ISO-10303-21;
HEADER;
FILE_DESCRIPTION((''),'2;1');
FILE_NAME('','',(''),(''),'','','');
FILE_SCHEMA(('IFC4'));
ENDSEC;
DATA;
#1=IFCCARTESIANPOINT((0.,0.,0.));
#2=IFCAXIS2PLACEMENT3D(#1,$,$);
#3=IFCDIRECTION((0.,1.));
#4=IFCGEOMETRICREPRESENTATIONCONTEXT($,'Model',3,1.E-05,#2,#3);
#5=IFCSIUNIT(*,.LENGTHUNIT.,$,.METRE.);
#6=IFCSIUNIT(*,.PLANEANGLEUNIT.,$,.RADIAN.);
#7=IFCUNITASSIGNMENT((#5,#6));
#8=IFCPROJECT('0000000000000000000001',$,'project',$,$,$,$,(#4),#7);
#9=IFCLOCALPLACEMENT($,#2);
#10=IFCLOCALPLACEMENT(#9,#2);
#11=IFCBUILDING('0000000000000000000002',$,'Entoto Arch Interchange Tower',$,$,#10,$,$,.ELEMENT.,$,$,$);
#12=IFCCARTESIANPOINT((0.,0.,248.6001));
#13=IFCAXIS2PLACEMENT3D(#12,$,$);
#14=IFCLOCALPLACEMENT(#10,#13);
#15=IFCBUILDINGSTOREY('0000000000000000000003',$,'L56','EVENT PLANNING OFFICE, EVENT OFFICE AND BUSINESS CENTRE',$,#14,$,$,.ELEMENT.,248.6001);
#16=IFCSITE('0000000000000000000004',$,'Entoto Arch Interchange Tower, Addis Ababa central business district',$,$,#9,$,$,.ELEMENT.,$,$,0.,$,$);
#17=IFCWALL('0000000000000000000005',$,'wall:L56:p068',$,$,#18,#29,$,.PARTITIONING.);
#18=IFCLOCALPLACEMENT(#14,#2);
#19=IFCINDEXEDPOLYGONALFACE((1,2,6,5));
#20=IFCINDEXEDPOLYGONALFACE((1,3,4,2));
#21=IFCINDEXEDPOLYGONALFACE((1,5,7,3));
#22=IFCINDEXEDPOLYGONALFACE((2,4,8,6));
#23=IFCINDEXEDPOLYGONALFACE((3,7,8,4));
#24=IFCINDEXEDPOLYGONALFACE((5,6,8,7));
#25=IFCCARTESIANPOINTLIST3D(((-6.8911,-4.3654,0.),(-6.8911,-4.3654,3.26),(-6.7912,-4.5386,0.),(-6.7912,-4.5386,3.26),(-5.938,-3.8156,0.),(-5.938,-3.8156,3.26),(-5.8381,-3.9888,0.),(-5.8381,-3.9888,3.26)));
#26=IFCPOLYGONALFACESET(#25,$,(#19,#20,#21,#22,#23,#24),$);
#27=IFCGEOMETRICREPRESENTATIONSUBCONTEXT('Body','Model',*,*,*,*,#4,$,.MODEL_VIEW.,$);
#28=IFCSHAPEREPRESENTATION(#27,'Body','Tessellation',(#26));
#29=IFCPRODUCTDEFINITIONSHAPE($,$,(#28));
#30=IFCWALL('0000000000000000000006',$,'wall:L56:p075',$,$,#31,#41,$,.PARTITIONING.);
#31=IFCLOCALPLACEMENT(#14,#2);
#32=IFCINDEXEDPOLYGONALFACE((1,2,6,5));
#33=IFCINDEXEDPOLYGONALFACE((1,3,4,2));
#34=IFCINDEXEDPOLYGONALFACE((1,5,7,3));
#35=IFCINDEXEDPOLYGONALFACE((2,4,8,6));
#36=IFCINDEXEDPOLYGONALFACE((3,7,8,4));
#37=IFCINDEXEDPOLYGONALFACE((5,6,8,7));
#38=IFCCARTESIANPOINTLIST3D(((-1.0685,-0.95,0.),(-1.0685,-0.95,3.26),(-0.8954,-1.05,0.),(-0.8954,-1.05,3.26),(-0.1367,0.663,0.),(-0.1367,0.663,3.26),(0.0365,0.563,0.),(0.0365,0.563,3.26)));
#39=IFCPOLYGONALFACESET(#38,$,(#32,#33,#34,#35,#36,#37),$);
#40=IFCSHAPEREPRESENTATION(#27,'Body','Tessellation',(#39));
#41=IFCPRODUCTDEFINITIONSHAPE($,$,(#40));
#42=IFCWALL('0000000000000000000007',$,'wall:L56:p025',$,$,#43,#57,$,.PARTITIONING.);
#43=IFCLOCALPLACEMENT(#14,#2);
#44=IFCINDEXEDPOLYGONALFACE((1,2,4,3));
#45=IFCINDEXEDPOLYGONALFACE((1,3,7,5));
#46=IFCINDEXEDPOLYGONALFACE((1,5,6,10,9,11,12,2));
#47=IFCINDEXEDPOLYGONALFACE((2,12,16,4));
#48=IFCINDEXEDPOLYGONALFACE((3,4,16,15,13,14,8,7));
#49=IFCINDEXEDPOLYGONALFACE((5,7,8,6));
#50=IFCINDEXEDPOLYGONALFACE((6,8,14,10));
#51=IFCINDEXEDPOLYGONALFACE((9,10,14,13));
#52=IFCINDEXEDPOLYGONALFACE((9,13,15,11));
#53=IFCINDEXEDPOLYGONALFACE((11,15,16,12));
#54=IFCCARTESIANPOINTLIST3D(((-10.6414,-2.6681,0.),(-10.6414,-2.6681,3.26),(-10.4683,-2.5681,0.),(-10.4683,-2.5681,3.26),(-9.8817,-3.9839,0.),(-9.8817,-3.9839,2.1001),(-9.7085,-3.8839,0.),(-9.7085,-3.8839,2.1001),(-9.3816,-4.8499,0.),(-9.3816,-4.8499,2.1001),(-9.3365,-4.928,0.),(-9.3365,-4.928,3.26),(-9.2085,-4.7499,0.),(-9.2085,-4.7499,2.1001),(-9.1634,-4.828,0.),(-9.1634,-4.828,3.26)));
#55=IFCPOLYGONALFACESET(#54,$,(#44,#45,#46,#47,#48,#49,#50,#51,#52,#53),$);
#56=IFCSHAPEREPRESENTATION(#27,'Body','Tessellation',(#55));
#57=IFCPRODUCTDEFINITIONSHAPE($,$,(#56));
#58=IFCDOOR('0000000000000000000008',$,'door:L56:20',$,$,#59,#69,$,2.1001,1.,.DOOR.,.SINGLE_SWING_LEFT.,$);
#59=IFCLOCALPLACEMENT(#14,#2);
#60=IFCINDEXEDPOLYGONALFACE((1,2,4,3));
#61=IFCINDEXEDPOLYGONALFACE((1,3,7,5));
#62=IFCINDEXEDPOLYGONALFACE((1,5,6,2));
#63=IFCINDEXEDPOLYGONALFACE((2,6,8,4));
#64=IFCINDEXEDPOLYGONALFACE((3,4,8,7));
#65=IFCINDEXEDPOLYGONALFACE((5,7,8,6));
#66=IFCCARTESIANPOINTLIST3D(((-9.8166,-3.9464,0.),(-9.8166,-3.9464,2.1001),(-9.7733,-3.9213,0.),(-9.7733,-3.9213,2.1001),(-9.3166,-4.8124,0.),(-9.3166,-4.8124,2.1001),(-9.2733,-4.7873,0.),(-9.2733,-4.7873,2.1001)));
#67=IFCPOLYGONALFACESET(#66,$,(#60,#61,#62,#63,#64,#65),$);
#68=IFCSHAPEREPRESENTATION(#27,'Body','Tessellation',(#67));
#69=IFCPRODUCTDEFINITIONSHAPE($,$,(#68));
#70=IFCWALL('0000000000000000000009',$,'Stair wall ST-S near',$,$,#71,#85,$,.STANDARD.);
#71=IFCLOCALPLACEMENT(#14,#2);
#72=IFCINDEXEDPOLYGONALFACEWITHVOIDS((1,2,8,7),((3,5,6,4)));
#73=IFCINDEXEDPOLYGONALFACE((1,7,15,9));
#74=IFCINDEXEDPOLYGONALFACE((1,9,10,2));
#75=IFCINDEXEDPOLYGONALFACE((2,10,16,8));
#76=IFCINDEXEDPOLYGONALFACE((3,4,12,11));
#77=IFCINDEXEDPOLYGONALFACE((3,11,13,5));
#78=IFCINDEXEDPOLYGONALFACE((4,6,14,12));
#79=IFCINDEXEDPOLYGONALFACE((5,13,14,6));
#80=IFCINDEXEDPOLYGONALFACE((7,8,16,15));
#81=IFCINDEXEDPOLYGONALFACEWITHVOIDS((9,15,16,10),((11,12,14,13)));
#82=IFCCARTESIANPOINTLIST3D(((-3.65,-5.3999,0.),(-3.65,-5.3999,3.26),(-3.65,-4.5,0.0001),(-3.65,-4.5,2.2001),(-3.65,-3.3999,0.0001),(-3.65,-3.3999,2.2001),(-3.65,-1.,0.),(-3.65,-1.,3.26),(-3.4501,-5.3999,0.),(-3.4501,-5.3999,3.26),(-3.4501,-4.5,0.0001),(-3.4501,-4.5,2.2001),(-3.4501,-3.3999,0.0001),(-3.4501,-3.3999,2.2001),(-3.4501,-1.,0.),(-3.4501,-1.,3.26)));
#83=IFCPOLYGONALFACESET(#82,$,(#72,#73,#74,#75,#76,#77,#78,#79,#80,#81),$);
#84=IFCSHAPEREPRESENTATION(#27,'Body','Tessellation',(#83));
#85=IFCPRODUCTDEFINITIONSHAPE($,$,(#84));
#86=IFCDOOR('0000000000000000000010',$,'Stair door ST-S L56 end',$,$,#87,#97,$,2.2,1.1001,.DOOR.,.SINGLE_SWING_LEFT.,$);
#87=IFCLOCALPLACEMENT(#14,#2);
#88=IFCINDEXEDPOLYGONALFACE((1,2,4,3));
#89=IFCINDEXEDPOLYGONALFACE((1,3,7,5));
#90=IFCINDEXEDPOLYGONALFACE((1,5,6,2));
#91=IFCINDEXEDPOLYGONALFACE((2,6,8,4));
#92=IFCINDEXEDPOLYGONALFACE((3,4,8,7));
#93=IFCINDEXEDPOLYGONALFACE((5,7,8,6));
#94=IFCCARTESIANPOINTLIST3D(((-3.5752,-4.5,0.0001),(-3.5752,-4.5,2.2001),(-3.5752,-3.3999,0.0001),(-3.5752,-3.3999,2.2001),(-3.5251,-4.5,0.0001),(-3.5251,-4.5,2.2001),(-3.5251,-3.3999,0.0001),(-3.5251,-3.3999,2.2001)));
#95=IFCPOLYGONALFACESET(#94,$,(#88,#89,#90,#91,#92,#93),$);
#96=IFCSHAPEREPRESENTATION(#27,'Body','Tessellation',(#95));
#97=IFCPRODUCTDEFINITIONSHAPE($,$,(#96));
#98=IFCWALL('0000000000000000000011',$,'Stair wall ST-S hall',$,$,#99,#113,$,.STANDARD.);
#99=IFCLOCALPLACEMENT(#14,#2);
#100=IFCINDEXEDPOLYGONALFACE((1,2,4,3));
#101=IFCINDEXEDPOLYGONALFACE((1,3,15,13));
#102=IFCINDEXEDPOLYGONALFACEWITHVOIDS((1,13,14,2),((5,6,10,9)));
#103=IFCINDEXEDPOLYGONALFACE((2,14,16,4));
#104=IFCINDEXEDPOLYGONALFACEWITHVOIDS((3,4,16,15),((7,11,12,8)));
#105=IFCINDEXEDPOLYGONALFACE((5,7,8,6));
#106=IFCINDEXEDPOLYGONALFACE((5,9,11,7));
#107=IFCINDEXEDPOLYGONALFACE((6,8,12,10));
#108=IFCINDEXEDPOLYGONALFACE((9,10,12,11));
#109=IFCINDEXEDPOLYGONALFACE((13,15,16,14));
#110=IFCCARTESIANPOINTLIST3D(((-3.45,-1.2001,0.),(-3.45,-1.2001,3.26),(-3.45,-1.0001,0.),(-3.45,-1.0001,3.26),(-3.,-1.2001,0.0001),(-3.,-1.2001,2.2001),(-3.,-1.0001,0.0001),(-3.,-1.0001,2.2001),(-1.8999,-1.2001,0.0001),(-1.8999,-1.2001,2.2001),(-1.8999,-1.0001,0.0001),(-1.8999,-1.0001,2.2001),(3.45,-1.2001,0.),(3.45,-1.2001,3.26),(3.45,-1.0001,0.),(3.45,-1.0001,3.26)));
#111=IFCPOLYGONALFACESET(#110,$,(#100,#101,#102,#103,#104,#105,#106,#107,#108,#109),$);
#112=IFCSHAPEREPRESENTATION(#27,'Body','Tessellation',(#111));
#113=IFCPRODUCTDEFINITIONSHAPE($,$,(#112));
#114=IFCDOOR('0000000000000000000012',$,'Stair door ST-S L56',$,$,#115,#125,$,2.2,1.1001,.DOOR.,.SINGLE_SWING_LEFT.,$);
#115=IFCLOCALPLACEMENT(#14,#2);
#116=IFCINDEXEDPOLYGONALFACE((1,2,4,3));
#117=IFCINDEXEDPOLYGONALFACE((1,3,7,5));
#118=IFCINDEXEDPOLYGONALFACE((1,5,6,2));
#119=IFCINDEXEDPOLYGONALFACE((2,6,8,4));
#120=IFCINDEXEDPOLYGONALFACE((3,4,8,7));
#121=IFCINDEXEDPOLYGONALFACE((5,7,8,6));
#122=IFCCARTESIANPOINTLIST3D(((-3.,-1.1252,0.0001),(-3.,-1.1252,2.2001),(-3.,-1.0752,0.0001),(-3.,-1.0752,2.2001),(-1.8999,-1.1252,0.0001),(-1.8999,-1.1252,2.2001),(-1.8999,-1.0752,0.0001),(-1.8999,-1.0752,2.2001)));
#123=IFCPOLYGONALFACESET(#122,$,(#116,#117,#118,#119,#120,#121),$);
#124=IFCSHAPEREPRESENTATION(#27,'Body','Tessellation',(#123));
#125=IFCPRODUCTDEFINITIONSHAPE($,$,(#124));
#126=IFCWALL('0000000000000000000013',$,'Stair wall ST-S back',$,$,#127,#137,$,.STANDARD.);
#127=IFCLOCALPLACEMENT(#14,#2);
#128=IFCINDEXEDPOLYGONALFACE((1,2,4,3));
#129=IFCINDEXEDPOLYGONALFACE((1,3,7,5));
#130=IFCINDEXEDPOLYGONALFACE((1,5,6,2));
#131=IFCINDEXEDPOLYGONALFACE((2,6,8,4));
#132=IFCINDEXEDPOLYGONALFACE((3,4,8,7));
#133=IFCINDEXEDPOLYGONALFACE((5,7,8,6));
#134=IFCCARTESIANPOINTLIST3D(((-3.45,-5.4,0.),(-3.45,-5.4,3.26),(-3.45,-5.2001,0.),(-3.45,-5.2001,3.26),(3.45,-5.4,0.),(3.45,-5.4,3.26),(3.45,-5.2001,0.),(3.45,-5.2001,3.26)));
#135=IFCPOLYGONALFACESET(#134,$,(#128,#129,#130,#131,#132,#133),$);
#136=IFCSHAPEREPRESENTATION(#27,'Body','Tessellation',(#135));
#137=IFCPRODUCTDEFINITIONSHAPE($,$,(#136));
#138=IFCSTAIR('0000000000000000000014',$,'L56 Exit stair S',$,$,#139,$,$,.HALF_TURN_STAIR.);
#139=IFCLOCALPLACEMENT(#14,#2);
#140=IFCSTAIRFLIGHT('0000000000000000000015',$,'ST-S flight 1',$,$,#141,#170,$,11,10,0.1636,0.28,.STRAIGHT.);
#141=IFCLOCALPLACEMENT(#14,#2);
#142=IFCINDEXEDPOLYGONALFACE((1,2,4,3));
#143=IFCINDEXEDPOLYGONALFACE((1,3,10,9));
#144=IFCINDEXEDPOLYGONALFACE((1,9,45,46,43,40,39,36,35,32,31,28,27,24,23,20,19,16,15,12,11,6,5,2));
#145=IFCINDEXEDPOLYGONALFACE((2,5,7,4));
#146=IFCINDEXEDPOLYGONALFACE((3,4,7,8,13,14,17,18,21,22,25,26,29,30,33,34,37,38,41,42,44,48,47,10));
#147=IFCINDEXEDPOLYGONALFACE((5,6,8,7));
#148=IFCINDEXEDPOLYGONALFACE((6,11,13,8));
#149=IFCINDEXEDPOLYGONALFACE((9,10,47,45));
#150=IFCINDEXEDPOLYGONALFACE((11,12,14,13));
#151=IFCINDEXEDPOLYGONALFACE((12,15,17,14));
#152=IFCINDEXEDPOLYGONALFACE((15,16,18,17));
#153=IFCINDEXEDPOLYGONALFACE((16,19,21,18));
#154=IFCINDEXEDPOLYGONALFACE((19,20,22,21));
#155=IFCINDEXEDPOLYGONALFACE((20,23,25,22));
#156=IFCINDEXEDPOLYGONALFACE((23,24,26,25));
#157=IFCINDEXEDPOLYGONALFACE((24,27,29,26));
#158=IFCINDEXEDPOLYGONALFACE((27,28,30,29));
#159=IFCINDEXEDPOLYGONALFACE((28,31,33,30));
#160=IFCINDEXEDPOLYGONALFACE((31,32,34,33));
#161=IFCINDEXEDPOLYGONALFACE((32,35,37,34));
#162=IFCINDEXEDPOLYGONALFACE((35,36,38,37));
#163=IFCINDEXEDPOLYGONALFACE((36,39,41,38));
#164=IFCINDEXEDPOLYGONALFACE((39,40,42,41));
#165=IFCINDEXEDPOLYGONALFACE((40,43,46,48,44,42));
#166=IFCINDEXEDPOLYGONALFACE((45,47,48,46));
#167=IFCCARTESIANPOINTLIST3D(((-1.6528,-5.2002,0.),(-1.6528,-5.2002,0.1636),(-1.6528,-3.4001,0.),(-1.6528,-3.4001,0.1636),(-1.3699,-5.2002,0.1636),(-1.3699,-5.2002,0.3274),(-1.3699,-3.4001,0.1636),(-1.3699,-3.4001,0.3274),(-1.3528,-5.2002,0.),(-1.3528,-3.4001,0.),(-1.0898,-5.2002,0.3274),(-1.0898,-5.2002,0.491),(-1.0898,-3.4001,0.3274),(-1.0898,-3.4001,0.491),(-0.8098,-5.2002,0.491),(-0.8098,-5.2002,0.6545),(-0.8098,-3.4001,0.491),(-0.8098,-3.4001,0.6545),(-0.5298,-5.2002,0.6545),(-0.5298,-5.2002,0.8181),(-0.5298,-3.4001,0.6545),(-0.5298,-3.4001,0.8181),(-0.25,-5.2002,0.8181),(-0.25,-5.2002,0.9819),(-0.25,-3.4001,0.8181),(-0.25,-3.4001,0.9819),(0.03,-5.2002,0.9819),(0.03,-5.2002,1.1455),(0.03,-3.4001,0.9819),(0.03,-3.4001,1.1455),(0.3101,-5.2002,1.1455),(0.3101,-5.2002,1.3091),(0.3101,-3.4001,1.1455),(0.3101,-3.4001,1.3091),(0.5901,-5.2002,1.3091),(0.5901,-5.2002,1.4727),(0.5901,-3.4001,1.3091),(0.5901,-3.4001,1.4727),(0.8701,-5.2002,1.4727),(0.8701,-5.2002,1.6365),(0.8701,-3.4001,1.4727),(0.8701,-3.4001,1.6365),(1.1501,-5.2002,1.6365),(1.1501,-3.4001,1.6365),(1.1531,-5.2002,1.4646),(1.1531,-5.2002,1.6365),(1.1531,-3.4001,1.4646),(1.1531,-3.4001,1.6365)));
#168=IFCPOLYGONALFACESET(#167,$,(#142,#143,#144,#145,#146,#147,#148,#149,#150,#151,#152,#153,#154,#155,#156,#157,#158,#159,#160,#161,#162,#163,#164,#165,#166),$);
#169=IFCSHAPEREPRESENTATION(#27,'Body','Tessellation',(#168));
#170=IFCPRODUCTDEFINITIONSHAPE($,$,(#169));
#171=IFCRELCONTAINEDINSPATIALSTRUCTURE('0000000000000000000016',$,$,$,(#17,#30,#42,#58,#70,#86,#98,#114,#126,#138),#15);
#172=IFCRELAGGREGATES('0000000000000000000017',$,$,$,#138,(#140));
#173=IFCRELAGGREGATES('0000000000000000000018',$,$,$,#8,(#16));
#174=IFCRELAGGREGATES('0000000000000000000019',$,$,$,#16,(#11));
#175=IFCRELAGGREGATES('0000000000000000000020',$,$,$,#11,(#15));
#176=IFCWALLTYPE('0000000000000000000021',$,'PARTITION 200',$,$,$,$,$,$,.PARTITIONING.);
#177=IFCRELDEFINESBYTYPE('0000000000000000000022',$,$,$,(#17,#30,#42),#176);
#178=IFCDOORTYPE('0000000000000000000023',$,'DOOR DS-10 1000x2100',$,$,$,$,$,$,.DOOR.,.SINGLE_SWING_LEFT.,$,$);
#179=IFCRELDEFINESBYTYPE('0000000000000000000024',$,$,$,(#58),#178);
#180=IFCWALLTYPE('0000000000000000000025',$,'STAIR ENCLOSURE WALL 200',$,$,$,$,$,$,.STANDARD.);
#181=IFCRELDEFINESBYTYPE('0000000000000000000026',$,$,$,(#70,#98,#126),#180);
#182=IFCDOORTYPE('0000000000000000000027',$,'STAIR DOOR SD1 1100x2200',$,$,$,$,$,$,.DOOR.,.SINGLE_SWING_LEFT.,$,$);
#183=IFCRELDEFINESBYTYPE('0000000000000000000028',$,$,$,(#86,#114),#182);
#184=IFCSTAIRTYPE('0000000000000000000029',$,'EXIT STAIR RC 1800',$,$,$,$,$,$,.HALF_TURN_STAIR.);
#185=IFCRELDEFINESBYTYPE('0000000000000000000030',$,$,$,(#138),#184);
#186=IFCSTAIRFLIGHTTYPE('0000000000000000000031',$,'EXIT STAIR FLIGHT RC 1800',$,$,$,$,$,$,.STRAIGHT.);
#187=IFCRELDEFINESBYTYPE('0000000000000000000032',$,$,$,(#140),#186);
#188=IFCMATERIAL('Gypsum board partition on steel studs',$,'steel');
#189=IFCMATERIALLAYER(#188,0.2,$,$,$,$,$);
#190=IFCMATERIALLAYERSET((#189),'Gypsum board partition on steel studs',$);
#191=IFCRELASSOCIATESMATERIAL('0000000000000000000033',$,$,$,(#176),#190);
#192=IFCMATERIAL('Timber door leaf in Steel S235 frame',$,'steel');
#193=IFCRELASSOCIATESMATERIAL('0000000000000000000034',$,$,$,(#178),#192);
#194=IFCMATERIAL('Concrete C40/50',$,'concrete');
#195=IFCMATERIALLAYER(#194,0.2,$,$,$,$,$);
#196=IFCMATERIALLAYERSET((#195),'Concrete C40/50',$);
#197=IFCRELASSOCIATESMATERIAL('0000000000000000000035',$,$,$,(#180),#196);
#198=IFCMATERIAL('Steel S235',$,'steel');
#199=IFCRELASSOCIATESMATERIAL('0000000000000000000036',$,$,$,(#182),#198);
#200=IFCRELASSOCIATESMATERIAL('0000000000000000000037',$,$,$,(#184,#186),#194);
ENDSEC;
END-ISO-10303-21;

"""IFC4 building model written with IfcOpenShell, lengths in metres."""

from ifc_helpers import new_model, si_unit, direction, frame, frame_2d, origin, place, context, subcontext, project, spatial, polyline, rectangle, outline, extrude, material, layer, layer_set, type_object, element, fill, aggregate, save


model = new_model("IFC4")

# Units and contexts
model_context = context("Model", 3, precision=1e-05, world=origin(), true_north=direction((0.0, 1.0)))
body_context = subcontext(model_context, "Body", "Model", "MODEL_VIEW")
ifc_project = project(units=[si_unit("LENGTHUNIT", "METRE"), si_unit("PLANEANGLEUNIT", "RADIAN")], contexts=[model_context])

# Site, building, storey
site_placement = place(None, origin())
site = spatial("IfcSite", under=ifc_project, at=site_placement, Name="Entoto Arch Interchange Tower, Addis Ababa central business district", CompositionType="ELEMENT", RefElevation=0.0)
building_placement = place(site_placement, origin())
building = spatial("IfcBuilding", under=site, at=building_placement, Name="Entoto Arch Interchange Tower", CompositionType="ELEMENT")
storey_placement = place(building_placement, frame((0.0, 0.0, 248.6001)))
storey = spatial("IfcBuildingStorey", under=building, at=storey_placement, Name="L56", Description="EVENT PLANNING OFFICE, EVENT OFFICE AND BUSINESS CENTRE", CompositionType="ELEMENT", Elevation=248.6001)

# Shared definitions
ifc_material_1 = material(Name="Concrete C40/50", Category="concrete")

# Shared definitions
ifc_material_2 = material(Name="Gypsum board partition on steel studs", Category="steel")

# Shared definitions
ifc_layer_1 = layer(ifc_material_2, 0.2)
ifc_layer_set_1 = layer_set([ifc_layer_1], Name="Gypsum board partition on steel studs")
wall_type_1 = type_object("IfcWallType", Name="PARTITION 200", PredefinedType="PARTITIONING", material=ifc_layer_set_1)
ifc_material_3 = material(Name="Timber door leaf in Steel S235 frame", Category="steel")
door_type_1 = type_object("IfcDoorType", Name="DOOR DS-10 1000x2100", OperationType="SINGLE_SWING_LEFT", PredefinedType="DOOR", material=ifc_material_3)

# Walls
wall_1_placement = place(storey_placement, frame((-5.8879, -3.9021, 0.0), z_axis=(0.0, 0.0, 1.0), x_axis=(-0.866215, -0.499671, 0.0)))
element("IfcWall", 1, at=wall_1_placement, inside=storey, type_object=wall_type_1, Name="wall:L56:p068", PredefinedType="PARTITIONING", context=body_context, shape_type="SweptSolid", body=[
    extrude(rectangle(XDim=1.1003, YDim=0.2, at=frame_2d((0.5503, 0.0))), origin(), (0.0, 0.0, 1.0), 3.26),
])
wall_2_placement = place(storey_placement, frame((-0.9819, -1.0, 0.0), z_axis=(0.0, 0.0, 1.0), x_axis=(0.50024, 0.865887, 0.0)))
element("IfcWall", 2, at=wall_2_placement, inside=storey, type_object=wall_type_1, Name="wall:L56:p075", PredefinedType="PARTITIONING", context=body_context, shape_type="SweptSolid", body=[
    extrude(rectangle(XDim=1.8628, YDim=0.2, at=frame_2d((0.9314, 0.0))), origin(), (0.0, 0.0, 1.0), 3.26),
])

# Walls, openings, doors
wall_3_placement = place(storey_placement, frame((-9.25, -4.8779, 0.0), z_axis=(0.0, 0.0, 1.0), x_axis=(-0.500033, 0.866006, 0.0)))
wall_3 = element("IfcWall", 3, at=wall_3_placement, inside=storey, type_object=wall_type_1, Name="wall:L56:p025", PredefinedType="PARTITIONING", context=body_context, shape_type="SweptSolid", body=[
    extrude(rectangle(XDim=2.6096, YDim=0.2, at=frame_2d((1.3047, 0.0))), origin(), (0.0, 0.0, 1.0), 3.26),
])
opening_1_placement = place(wall_3_placement, frame((0.0901, 0.0, 0.0)))
opening_1 = element("IfcOpeningElement", 4, at=opening_1_placement, cuts=wall_3, PredefinedType="OPENING", context=body_context, shape_type="SweptSolid", body=[
    extrude(rectangle(XDim=1.0, YDim=2.1001, at=frame_2d((0.5, 1.05))), frame((0.0, 0.1099, 0.0), z_axis=(0.0, -1.0, 0.0), x_axis=(1.0, 0.0, 0.0)), (0.0, 0.0, 1.0), 0.22),
])
door_1_placement = place(opening_1_placement, origin())
door_1 = element("IfcDoor", 5, at=door_1_placement, inside=storey, type_object=door_type_1, Name="door:L56:20", OperationType="SINGLE_SWING_LEFT", OverallHeight=2.1001, OverallWidth=1.0, PredefinedType="DOOR", context=body_context, shape_type="SweptSolid", body=[
    extrude(rectangle(XDim=1.0, YDim=2.1001, at=frame_2d((0.5, 1.05))), frame((0.0, 0.0249, 0.0), z_axis=(0.0, -1.0, 0.0), x_axis=(1.0, 0.0, 0.0)), (0.0, 0.0, 1.0), 0.05),
])
fill(opening_1, door_1)
ifc_layer_2 = layer(ifc_material_1, 0.2)
ifc_layer_set_2 = layer_set([ifc_layer_2], Name="Concrete C40/50")
wall_type_2 = type_object("IfcWallType", Name="STAIR ENCLOSURE WALL 200", PredefinedType="STANDARD", material=ifc_layer_set_2)
wall_4_placement = place(storey_placement, frame((-3.55, -1.0, 0.0), z_axis=(0.0, 0.0, 1.0), x_axis=(0.0, -1.0, 0.0)))
wall_4 = element("IfcWall", 6, at=wall_4_placement, inside=storey, type_object=wall_type_2, Name="Stair wall ST-S near", PredefinedType="STANDARD", context=body_context, shape_type="SweptSolid", body=[
    extrude(rectangle(XDim=4.3999, YDim=0.2, at=frame_2d((2.2, 0.0))), origin(), (0.0, 0.0, 1.0), 3.26),
])
opening_2_placement = place(wall_4_placement, frame((2.3999, 0.0, 0.0)))
opening_2 = element("IfcOpeningElement", 7, at=opening_2_placement, cuts=wall_4, PredefinedType="OPENING", context=body_context, shape_type="SweptSolid", body=[
    extrude(rectangle(XDim=1.1001, YDim=2.2, at=frame_2d((0.55, 1.1001))), frame((0.0, 0.1099, 0.0), z_axis=(0.0, -1.0, 0.0), x_axis=(1.0, 0.0, 0.0)), (0.0, 0.0, 1.0), 0.22),
])
ifc_material_4 = material(Name="Steel S235", Category="steel")
door_type_2 = type_object("IfcDoorType", Name="STAIR DOOR SD1 1100x2200", OperationType="SINGLE_SWING_LEFT", PredefinedType="DOOR", material=ifc_material_4)
door_2_placement = place(opening_2_placement, origin())
door_2 = element("IfcDoor", 8, at=door_2_placement, inside=storey, type_object=door_type_2, Name="Stair door ST-S L56 end", OperationType="SINGLE_SWING_LEFT", OverallHeight=2.2, OverallWidth=1.1001, PredefinedType="DOOR", context=body_context, shape_type="SweptSolid", body=[
    extrude(rectangle(XDim=1.1001, YDim=2.2, at=frame_2d((0.55, 1.1001))), frame((0.0, 0.0249, 0.0), z_axis=(0.0, -1.0, 0.0), x_axis=(1.0, 0.0, 0.0)), (0.0, 0.0, 1.0), 0.05),
])
fill(opening_2, door_2)
wall_5_placement = place(storey_placement, frame((-3.45, -1.1001, 0.0), z_axis=(0.0, 0.0, 1.0), x_axis=(1.0, 0.0, 0.0)))
wall_5 = element("IfcWall", 9, at=wall_5_placement, inside=storey, type_object=wall_type_2, Name="Stair wall ST-S hall", PredefinedType="STANDARD", context=body_context, shape_type="SweptSolid", body=[
    extrude(rectangle(XDim=6.8999, YDim=0.2, at=frame_2d((3.45, 0.0))), origin(), (0.0, 0.0, 1.0), 3.26),
])
opening_3_placement = place(wall_5_placement, frame((0.45, 0.0, 0.0)))
opening_3 = element("IfcOpeningElement", 10, at=opening_3_placement, cuts=wall_5, PredefinedType="OPENING", context=body_context, shape_type="SweptSolid", body=[
    extrude(rectangle(XDim=1.1001, YDim=2.2, at=frame_2d((0.55, 1.1001))), frame((0.0, 0.1099, 0.0), z_axis=(0.0, -1.0, 0.0), x_axis=(1.0, 0.0, 0.0)), (0.0, 0.0, 1.0), 0.22),
])
door_3_placement = place(opening_3_placement, origin())
door_3 = element("IfcDoor", 11, at=door_3_placement, inside=storey, type_object=door_type_2, Name="Stair door ST-S L56", OperationType="SINGLE_SWING_LEFT", OverallHeight=2.2, OverallWidth=1.1001, PredefinedType="DOOR", context=body_context, shape_type="SweptSolid", body=[
    extrude(rectangle(XDim=1.1001, YDim=2.2, at=frame_2d((0.55, 1.1001))), frame((0.0, 0.0249, 0.0), z_axis=(0.0, -1.0, 0.0), x_axis=(1.0, 0.0, 0.0)), (0.0, 0.0, 1.0), 0.05),
])
fill(opening_3, door_3)

# Wall
wall_6_placement = place(storey_placement, frame((-3.45, -5.3, 0.0), z_axis=(0.0, 0.0, 1.0), x_axis=(1.0, 0.0, 0.0)))
element("IfcWall", 12, at=wall_6_placement, inside=storey, type_object=wall_type_2, Name="Stair wall ST-S back", PredefinedType="STANDARD", context=body_context, shape_type="SweptSolid", body=[
    extrude(rectangle(XDim=6.8999, YDim=0.2, at=frame_2d((3.45, 0.0))), origin(), (0.0, 0.0, 1.0), 3.26),
])

# Stair, stair flight
stair_type = type_object("IfcStairType", Name="EXIT STAIR RC 1800", PredefinedType="HALF_TURN_STAIR", material=ifc_material_1)
stair_placement = place(storey_placement, origin())
stair = element("IfcStair", 13, at=stair_placement, inside=storey, type_object=stair_type, Name="L56 Exit stair S", PredefinedType="HALF_TURN_STAIR")
stair_flight_type = type_object("IfcStairFlightType", Name="EXIT STAIR FLIGHT RC 1800", PredefinedType="STRAIGHT", material=ifc_material_1)
stair_flight_placement = place(storey_placement, frame((-1.6499, -4.3, 0.0), z_axis=(0.0, 0.0, 1.0), x_axis=(1.0, 0.0, 0.0)))
stair_flight = element("IfcStairFlight", 14, at=stair_flight_placement, type_object=stair_flight_type, Name="ST-S flight 1", NumberOfRisers=11, NumberOfTreads=10, PredefinedType="STRAIGHT", RiserHeight=0.1636, TreadLength=0.28, context=body_context, shape_type="SweptSolid", body=[
    extrude(outline(polyline([(-0.0029, 0.0), (-0.0029, 0.1636), (0.28, 0.1636), (0.28, 0.3274), (0.5601, 0.3274), (0.5601, 0.491), (0.8401, 0.491), (0.8401, 0.6545), (1.1201, 0.6545), (1.1201, 0.8181), (1.3999, 0.8181), (1.3999, 0.9819), (1.6799, 0.9819), (1.6799, 1.1455), (1.96, 1.1455), (1.96, 1.3091), (2.24, 1.3091), (2.24, 1.4727), (2.52, 1.4727), (2.52, 1.6365), (2.8, 1.6365), (2.803, 1.6365), (2.803, 1.4646), (0.2971, 0.0), (-0.0029, 0.0)])), frame((0.0, 0.8999, 0.0), z_axis=(0.0, -1.0, 0.0), x_axis=(1.0, 0.0, 0.0)), (0.0, 0.0, 1.0), 1.8),
])
aggregate(stair, [stair_flight])

save(model, "model.ifc")
